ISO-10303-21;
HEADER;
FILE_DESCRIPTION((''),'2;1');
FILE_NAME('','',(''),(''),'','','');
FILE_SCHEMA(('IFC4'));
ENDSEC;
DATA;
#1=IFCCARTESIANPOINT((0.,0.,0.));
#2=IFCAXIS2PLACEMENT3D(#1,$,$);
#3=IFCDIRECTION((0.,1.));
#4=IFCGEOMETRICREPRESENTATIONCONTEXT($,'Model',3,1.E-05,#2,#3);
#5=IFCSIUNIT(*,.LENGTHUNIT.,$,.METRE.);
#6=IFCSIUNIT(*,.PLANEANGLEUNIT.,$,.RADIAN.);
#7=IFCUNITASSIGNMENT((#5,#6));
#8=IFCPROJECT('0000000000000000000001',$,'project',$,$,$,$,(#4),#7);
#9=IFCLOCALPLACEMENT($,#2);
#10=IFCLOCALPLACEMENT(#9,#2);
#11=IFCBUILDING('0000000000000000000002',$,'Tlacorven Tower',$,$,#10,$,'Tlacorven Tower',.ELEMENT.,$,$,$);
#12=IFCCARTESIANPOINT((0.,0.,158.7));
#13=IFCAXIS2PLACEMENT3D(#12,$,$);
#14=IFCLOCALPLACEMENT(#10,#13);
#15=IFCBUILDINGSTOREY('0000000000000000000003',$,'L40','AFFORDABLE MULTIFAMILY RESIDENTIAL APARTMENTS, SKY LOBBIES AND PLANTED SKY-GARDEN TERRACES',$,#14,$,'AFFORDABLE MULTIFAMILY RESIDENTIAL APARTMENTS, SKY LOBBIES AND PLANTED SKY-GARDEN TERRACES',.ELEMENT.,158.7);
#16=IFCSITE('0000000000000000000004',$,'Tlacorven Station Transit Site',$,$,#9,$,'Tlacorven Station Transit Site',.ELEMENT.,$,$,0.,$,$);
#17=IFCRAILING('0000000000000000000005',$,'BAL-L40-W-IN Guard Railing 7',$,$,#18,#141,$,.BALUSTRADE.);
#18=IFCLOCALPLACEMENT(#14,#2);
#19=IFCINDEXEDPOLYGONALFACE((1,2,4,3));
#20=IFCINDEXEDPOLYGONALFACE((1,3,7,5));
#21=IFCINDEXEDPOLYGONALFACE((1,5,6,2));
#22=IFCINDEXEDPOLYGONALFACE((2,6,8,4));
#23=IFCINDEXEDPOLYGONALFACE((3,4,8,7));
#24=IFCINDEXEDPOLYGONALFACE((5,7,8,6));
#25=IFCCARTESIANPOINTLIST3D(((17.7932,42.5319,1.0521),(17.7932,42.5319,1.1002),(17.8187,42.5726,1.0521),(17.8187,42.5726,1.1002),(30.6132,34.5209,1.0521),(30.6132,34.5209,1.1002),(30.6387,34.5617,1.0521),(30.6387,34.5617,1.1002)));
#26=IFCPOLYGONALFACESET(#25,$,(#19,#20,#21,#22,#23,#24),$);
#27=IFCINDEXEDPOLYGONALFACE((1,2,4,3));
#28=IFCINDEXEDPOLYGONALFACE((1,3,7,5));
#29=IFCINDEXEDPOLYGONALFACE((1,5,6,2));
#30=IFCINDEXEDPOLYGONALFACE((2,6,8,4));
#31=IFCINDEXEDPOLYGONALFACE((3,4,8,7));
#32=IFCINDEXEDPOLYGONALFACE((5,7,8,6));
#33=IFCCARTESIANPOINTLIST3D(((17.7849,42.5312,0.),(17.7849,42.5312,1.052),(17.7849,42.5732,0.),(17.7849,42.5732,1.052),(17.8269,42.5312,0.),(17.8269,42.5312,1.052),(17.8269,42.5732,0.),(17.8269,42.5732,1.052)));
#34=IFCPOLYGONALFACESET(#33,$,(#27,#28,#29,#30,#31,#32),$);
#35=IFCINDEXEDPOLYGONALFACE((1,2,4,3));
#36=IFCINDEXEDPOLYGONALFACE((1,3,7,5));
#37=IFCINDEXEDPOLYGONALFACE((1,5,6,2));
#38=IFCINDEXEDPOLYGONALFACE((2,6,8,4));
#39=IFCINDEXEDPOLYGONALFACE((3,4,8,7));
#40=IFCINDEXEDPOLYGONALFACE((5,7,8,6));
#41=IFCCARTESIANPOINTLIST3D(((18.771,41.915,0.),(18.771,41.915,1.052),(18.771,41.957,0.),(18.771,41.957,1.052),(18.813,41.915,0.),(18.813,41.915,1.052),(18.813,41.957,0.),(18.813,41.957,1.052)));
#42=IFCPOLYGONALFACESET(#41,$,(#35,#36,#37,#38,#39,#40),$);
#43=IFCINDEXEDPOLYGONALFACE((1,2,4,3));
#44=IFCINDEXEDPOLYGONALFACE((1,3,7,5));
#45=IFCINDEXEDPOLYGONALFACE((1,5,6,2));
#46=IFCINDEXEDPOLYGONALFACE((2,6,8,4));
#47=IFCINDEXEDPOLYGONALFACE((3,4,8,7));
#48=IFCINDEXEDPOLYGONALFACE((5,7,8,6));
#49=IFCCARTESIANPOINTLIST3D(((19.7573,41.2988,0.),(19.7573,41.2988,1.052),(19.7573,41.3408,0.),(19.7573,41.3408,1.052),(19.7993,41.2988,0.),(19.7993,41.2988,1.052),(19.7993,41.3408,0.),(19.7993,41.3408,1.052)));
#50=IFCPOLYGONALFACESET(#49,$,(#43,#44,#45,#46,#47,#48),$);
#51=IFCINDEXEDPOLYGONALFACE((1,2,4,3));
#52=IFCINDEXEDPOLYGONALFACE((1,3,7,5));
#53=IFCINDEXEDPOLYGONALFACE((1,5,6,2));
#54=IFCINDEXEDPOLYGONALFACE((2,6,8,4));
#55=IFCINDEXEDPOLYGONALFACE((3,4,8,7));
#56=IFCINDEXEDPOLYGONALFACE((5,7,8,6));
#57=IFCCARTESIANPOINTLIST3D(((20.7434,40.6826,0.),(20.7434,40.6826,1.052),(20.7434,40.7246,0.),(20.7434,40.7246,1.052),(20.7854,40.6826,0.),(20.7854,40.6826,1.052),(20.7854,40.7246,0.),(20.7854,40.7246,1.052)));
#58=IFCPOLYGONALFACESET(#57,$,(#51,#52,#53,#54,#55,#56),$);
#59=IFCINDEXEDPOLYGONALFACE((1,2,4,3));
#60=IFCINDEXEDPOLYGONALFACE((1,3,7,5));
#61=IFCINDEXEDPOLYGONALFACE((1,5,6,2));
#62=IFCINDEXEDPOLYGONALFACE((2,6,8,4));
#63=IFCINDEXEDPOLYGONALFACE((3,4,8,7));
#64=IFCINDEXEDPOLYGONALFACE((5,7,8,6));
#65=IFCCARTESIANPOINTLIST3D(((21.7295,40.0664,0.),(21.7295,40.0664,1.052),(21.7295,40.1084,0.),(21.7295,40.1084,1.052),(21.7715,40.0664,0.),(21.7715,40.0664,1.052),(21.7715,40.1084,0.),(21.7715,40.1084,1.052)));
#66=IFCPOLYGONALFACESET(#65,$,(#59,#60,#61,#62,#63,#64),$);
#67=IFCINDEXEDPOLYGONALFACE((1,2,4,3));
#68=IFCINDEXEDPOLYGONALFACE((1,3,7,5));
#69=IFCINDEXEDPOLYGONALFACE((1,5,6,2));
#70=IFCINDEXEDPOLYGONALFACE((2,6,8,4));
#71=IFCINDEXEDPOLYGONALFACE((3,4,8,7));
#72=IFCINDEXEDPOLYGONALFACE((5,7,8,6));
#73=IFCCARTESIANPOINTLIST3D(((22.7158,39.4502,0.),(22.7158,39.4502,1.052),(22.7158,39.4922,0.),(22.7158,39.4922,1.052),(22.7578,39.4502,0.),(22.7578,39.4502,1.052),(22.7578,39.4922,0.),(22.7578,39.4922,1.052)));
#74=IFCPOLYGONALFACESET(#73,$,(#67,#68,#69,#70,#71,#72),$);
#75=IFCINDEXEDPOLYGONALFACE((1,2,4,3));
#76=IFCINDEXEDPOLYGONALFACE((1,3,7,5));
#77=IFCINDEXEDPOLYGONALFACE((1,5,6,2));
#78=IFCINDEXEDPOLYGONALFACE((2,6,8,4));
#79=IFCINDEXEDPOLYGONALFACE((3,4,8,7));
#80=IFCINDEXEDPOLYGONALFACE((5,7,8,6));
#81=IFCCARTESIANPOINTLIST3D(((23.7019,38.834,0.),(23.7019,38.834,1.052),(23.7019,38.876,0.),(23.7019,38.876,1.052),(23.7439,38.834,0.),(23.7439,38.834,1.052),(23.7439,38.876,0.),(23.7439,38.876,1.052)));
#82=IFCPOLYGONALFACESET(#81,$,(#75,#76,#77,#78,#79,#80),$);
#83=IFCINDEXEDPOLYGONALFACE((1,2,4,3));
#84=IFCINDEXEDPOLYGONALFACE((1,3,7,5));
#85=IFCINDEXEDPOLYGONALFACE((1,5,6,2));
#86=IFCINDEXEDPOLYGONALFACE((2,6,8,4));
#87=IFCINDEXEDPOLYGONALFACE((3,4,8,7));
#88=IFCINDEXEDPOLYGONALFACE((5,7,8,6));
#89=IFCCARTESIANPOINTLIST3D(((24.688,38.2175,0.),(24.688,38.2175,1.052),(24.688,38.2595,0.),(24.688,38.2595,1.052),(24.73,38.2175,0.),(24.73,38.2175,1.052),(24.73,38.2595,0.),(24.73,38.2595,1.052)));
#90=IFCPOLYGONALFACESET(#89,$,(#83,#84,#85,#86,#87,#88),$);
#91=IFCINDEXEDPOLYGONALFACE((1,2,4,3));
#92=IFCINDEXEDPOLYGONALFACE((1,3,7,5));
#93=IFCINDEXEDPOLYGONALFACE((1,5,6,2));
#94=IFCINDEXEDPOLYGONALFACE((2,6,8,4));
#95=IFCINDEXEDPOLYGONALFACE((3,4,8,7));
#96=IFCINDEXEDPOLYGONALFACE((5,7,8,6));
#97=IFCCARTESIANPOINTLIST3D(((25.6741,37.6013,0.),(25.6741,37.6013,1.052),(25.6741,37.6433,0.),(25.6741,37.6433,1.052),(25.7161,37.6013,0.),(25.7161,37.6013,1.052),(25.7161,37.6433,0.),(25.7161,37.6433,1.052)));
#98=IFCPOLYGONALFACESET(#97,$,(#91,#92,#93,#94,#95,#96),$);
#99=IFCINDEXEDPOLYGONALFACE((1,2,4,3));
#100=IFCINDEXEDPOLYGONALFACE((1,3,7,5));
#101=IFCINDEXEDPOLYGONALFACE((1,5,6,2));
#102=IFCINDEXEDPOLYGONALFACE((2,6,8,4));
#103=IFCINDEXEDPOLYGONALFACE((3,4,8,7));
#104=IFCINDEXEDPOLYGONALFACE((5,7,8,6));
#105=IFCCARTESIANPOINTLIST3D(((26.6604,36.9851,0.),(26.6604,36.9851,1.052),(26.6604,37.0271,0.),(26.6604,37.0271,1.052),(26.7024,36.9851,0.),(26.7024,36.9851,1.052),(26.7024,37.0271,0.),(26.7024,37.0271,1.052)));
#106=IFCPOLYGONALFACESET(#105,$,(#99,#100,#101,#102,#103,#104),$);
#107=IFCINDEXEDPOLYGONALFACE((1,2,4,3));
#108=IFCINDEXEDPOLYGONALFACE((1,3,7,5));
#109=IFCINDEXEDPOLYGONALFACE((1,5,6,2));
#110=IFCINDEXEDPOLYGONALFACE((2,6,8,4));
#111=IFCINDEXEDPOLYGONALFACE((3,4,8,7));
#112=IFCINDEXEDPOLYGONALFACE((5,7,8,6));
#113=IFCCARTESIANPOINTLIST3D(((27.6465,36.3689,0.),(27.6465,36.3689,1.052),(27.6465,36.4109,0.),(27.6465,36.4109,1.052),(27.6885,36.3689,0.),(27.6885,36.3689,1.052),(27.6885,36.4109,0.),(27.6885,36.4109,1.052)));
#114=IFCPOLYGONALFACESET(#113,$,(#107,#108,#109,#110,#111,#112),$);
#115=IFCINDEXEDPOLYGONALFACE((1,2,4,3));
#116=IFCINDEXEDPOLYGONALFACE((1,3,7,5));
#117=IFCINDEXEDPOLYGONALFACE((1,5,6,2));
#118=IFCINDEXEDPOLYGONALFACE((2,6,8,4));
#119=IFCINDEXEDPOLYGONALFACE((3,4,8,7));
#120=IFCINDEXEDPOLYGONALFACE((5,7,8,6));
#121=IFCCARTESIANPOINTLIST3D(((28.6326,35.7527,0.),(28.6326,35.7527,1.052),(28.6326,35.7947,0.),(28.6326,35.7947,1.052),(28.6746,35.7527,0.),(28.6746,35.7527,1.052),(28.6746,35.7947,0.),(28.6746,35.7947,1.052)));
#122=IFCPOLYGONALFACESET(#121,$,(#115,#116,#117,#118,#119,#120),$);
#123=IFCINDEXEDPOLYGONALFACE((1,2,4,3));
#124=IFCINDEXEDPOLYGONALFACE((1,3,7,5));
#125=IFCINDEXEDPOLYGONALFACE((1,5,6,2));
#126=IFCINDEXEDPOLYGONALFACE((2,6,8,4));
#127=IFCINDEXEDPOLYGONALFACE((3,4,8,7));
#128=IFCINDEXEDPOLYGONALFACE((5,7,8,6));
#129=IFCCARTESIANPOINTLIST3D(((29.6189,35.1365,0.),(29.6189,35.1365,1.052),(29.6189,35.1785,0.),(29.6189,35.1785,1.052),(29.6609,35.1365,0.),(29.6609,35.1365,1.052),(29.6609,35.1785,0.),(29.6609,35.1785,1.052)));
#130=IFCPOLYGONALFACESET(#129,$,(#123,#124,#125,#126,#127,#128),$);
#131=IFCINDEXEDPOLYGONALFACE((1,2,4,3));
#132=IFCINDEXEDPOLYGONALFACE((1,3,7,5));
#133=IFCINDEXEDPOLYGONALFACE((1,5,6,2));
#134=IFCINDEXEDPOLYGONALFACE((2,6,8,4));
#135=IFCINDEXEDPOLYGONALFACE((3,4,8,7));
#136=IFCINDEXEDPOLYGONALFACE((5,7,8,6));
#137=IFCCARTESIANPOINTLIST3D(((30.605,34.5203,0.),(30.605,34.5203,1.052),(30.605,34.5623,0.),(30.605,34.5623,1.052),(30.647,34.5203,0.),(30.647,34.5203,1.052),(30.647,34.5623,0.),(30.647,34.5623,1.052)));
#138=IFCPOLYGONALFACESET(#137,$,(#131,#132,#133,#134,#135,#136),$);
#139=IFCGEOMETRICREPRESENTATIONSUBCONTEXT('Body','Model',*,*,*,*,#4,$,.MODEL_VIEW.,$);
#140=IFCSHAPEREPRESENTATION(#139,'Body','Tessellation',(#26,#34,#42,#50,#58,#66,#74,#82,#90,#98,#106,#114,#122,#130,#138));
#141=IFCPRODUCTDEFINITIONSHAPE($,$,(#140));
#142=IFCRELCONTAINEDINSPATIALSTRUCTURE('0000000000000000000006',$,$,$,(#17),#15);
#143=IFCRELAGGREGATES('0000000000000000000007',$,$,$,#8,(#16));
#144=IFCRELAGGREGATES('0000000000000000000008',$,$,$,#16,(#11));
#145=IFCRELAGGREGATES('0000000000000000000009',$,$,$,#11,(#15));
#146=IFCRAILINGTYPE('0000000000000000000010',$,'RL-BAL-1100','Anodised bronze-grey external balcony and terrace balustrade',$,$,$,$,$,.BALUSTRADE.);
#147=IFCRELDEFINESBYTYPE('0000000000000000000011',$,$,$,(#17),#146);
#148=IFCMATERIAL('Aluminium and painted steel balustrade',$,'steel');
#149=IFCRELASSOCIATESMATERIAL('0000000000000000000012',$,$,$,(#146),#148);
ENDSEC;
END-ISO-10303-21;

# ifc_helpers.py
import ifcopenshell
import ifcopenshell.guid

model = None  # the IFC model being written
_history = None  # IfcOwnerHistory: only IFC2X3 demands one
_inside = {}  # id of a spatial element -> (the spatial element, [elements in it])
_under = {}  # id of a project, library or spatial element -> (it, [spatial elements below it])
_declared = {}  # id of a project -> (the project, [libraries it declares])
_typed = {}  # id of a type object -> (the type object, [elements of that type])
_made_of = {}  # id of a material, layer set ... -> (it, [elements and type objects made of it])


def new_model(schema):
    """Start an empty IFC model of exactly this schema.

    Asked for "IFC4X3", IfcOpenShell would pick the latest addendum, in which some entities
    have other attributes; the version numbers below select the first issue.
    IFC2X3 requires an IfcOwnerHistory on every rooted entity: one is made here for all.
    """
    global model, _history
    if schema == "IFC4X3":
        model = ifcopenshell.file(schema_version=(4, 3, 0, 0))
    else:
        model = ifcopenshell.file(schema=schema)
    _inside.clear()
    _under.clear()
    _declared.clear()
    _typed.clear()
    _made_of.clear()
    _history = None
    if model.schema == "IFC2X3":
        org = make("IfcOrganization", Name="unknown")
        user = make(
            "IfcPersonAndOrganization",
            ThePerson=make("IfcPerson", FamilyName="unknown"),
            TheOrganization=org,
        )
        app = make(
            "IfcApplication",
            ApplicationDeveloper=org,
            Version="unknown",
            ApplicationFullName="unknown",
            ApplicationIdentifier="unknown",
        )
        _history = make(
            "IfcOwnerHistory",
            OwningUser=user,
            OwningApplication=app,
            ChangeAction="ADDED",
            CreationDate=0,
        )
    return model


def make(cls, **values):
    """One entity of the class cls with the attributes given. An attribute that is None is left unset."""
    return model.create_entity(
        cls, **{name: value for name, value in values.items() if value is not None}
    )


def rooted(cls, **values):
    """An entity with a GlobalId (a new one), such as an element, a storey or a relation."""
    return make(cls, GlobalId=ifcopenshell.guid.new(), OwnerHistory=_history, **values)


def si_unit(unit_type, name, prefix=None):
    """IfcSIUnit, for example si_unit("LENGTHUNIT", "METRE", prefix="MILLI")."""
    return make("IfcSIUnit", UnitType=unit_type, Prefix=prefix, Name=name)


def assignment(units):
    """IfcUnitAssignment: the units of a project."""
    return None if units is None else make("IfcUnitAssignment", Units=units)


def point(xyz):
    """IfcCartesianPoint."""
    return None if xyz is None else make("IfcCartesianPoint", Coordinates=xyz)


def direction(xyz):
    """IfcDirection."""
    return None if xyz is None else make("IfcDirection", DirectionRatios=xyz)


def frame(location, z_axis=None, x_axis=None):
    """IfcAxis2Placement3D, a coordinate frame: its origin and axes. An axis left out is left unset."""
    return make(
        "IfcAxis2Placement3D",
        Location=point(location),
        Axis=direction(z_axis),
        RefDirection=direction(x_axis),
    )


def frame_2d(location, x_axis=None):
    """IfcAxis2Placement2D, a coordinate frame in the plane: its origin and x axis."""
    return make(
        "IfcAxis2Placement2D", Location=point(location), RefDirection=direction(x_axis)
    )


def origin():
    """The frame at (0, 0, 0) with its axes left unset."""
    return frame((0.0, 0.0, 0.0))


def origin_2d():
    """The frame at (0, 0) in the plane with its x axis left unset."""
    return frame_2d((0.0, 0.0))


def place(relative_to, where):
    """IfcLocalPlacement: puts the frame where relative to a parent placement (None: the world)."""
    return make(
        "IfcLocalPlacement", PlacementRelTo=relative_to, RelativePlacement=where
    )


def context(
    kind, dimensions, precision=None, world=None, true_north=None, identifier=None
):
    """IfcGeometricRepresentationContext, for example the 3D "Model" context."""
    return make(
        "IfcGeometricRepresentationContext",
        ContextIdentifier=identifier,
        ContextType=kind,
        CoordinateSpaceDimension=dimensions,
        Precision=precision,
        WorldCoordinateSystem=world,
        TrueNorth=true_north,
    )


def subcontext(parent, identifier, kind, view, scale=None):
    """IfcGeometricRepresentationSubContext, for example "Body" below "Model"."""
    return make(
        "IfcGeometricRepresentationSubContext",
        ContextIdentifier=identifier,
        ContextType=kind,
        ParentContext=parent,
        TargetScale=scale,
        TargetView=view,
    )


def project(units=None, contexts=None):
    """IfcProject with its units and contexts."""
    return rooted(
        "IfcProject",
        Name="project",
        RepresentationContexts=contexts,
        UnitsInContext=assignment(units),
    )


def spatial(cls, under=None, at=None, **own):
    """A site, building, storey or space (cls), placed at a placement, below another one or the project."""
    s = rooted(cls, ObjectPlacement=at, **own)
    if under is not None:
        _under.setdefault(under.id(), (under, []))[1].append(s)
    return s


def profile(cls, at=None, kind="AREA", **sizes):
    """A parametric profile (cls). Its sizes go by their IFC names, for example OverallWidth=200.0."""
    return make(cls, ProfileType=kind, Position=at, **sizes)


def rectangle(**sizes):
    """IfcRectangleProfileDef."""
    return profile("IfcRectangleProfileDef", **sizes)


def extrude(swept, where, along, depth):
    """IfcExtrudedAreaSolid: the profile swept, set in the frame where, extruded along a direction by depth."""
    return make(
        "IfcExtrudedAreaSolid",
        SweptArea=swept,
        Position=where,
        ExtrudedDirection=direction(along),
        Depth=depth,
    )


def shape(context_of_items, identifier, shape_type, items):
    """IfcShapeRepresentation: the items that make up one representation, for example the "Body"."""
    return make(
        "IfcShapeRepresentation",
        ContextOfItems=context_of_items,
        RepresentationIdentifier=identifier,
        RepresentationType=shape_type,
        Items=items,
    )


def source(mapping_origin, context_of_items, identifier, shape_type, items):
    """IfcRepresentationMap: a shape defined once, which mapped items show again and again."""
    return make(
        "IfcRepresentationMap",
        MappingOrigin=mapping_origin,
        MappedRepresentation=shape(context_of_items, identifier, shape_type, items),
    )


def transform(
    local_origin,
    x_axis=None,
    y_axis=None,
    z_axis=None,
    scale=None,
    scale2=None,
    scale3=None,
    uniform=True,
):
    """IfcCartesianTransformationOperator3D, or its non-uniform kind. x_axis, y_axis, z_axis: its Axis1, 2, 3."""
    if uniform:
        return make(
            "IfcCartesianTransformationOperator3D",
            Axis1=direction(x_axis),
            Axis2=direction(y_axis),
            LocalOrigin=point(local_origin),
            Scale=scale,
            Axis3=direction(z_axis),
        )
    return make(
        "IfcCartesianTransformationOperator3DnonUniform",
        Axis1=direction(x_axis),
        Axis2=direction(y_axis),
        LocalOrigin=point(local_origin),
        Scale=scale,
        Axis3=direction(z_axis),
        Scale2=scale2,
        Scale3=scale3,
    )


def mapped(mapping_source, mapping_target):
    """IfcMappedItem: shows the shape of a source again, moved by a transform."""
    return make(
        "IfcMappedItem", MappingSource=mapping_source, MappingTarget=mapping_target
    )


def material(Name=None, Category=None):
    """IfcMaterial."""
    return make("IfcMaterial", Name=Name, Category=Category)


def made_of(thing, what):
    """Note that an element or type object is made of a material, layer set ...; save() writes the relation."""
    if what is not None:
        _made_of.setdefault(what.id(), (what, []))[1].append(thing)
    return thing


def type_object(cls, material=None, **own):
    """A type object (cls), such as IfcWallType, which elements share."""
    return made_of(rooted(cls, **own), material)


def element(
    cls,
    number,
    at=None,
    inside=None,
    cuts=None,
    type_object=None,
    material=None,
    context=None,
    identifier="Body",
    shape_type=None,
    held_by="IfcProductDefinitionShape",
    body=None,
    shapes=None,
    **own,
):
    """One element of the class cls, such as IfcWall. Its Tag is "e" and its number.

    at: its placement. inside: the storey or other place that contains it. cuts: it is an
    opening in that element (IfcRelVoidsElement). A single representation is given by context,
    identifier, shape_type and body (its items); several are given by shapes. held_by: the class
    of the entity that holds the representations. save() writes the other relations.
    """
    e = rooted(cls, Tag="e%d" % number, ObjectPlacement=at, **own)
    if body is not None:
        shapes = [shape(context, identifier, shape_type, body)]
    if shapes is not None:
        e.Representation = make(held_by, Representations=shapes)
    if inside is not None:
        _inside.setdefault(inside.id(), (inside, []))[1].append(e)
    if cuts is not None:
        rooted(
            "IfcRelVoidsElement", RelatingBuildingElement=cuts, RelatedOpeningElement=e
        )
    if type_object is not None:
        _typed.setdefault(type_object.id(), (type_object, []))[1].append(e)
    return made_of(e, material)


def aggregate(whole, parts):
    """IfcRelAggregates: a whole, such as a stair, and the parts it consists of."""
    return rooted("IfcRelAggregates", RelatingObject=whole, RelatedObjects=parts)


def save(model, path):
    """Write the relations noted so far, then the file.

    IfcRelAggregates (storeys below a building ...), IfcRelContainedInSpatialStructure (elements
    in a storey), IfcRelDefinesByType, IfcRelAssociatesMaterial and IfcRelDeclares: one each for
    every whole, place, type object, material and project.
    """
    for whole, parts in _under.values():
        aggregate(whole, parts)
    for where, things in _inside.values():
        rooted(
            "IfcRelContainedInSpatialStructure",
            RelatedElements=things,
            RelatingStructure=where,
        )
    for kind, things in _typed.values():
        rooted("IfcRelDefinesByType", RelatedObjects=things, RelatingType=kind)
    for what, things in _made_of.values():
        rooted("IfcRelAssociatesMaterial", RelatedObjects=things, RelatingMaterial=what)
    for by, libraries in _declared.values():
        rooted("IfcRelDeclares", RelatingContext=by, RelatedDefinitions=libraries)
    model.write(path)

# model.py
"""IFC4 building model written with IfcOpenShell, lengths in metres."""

from ifc_helpers import new_model, si_unit, direction, frame, origin, origin_2d, place, context, subcontext, project, spatial, rectangle, extrude, source, transform, mapped, material, type_object, element, save


model = new_model("IFC4")

# Units and contexts
model_context = context("Model", 3, precision=1e-05, world=origin(), true_north=direction((0.0, 1.0)))
body_context = subcontext(model_context, "Body", "Model", "MODEL_VIEW")
ifc_project = project(units=[si_unit("LENGTHUNIT", "METRE"), si_unit("PLANEANGLEUNIT", "RADIAN")], contexts=[model_context])

# Site, building, storey
site_placement = place(None, origin())
site = spatial("IfcSite", under=ifc_project, at=site_placement, Name="Tlacorven Station Transit Site", LongName="Tlacorven Station Transit Site", CompositionType="ELEMENT", RefElevation=0.0)
building_placement = place(site_placement, origin())
building = spatial("IfcBuilding", under=site, at=building_placement, Name="Tlacorven Tower", LongName="Tlacorven Tower", CompositionType="ELEMENT")
storey_placement = place(building_placement, frame((0.0, 0.0, 158.7)))
storey = spatial("IfcBuildingStorey", under=building, at=storey_placement, Name="L40", Description="AFFORDABLE MULTIFAMILY RESIDENTIAL APARTMENTS, SKY LOBBIES AND PLANTED SKY-GARDEN TERRACES", LongName="AFFORDABLE MULTIFAMILY RESIDENTIAL APARTMENTS, SKY LOBBIES AND PLANTED SKY-GARDEN TERRACES", CompositionType="ELEMENT", Elevation=158.7)

# Railing
ifc_material_1 = material(Name="Aluminium and painted steel balustrade", Category="steel")
railing_type = type_object("IfcRailingType", Name="RL-BAL-1100", Description="Anodised bronze-grey external balcony and terrace balustrade", PredefinedType="BALUSTRADE", material=ifc_material_1)
shared_shape_1 = source(origin(), body_context, "Body", "SweptSolid", [
    extrude(rectangle(XDim=0.0481, YDim=0.0481, at=origin_2d()), frame((0.0, 0.0, 1.0762), z_axis=(0.848045, -0.529925, 0.0), x_axis=(0.529925, 0.848045, 0.0)), (0.0, 0.0, 1.0), 15.1172),
    extrude(rectangle(XDim=0.042, YDim=0.042, at=origin_2d()), origin(), (0.0, 0.0, 1.0), 1.052),
    extrude(rectangle(XDim=0.042, YDim=0.042, at=origin_2d()), frame((0.9861, -0.6162, 0.0)), (0.0, 0.0, 1.0), 1.052),
    extrude(rectangle(XDim=0.042, YDim=0.042, at=origin_2d()), frame((1.9724, -1.2324, 0.0)), (0.0, 0.0, 1.0), 1.052),
    extrude(rectangle(XDim=0.042, YDim=0.042, at=origin_2d()), frame((2.9585, -1.8486, 0.0)), (0.0, 0.0, 1.0), 1.052),
    extrude(rectangle(XDim=0.042, YDim=0.042, at=origin_2d()), frame((3.9446, -2.4648, 0.0)), (0.0, 0.0, 1.0), 1.052),
    extrude(rectangle(XDim=0.042, YDim=0.042, at=origin_2d()), frame((4.9309, -3.0811, 0.0)), (0.0, 0.0, 1.0), 1.052),
    extrude(rectangle(XDim=0.042, YDim=0.042, at=origin_2d()), frame((5.917, -3.6973, 0.0)), (0.0, 0.0, 1.0), 1.052),
    extrude(rectangle(XDim=0.042, YDim=0.042, at=origin_2d()), frame((6.9031, -4.3137, 0.0)), (0.0, 0.0, 1.0), 1.052),
    extrude(rectangle(XDim=0.042, YDim=0.042, at=origin_2d()), frame((7.8892, -4.9299, 0.0)), (0.0, 0.0, 1.0), 1.052),
    extrude(rectangle(XDim=0.042, YDim=0.042, at=origin_2d()), frame((8.8755, -5.5461, 0.0)), (0.0, 0.0, 1.0), 1.052),
    extrude(rectangle(XDim=0.042, YDim=0.042, at=origin_2d()), frame((9.8616, -6.1624, 0.0)), (0.0, 0.0, 1.0), 1.052),
    extrude(rectangle(XDim=0.042, YDim=0.042, at=origin_2d()), frame((10.8477, -6.7786, 0.0)), (0.0, 0.0, 1.0), 1.052),
    extrude(rectangle(XDim=0.042, YDim=0.042, at=origin_2d()), frame((11.834, -7.3948, 0.0)), (0.0, 0.0, 1.0), 1.052),
    extrude(rectangle(XDim=0.042, YDim=0.042, at=origin_2d()), frame((12.8201, -8.011, 0.0)), (0.0, 0.0, 1.0), 1.052),
])
railing_1_placement = place(storey_placement, frame((17.8059, 42.5522, 0.0)))
element("IfcRailing", 1, at=railing_1_placement, inside=storey, type_object=railing_type, Name="BAL-L40-W-IN Guard Railing 7", PredefinedType="BALUSTRADE", context=body_context, shape_type="MappedRepresentation", body=[
    mapped(shared_shape_1, transform((0.0, 0.0, 0.0), scale=1.0)),
])

save(model, "model.ifc")
